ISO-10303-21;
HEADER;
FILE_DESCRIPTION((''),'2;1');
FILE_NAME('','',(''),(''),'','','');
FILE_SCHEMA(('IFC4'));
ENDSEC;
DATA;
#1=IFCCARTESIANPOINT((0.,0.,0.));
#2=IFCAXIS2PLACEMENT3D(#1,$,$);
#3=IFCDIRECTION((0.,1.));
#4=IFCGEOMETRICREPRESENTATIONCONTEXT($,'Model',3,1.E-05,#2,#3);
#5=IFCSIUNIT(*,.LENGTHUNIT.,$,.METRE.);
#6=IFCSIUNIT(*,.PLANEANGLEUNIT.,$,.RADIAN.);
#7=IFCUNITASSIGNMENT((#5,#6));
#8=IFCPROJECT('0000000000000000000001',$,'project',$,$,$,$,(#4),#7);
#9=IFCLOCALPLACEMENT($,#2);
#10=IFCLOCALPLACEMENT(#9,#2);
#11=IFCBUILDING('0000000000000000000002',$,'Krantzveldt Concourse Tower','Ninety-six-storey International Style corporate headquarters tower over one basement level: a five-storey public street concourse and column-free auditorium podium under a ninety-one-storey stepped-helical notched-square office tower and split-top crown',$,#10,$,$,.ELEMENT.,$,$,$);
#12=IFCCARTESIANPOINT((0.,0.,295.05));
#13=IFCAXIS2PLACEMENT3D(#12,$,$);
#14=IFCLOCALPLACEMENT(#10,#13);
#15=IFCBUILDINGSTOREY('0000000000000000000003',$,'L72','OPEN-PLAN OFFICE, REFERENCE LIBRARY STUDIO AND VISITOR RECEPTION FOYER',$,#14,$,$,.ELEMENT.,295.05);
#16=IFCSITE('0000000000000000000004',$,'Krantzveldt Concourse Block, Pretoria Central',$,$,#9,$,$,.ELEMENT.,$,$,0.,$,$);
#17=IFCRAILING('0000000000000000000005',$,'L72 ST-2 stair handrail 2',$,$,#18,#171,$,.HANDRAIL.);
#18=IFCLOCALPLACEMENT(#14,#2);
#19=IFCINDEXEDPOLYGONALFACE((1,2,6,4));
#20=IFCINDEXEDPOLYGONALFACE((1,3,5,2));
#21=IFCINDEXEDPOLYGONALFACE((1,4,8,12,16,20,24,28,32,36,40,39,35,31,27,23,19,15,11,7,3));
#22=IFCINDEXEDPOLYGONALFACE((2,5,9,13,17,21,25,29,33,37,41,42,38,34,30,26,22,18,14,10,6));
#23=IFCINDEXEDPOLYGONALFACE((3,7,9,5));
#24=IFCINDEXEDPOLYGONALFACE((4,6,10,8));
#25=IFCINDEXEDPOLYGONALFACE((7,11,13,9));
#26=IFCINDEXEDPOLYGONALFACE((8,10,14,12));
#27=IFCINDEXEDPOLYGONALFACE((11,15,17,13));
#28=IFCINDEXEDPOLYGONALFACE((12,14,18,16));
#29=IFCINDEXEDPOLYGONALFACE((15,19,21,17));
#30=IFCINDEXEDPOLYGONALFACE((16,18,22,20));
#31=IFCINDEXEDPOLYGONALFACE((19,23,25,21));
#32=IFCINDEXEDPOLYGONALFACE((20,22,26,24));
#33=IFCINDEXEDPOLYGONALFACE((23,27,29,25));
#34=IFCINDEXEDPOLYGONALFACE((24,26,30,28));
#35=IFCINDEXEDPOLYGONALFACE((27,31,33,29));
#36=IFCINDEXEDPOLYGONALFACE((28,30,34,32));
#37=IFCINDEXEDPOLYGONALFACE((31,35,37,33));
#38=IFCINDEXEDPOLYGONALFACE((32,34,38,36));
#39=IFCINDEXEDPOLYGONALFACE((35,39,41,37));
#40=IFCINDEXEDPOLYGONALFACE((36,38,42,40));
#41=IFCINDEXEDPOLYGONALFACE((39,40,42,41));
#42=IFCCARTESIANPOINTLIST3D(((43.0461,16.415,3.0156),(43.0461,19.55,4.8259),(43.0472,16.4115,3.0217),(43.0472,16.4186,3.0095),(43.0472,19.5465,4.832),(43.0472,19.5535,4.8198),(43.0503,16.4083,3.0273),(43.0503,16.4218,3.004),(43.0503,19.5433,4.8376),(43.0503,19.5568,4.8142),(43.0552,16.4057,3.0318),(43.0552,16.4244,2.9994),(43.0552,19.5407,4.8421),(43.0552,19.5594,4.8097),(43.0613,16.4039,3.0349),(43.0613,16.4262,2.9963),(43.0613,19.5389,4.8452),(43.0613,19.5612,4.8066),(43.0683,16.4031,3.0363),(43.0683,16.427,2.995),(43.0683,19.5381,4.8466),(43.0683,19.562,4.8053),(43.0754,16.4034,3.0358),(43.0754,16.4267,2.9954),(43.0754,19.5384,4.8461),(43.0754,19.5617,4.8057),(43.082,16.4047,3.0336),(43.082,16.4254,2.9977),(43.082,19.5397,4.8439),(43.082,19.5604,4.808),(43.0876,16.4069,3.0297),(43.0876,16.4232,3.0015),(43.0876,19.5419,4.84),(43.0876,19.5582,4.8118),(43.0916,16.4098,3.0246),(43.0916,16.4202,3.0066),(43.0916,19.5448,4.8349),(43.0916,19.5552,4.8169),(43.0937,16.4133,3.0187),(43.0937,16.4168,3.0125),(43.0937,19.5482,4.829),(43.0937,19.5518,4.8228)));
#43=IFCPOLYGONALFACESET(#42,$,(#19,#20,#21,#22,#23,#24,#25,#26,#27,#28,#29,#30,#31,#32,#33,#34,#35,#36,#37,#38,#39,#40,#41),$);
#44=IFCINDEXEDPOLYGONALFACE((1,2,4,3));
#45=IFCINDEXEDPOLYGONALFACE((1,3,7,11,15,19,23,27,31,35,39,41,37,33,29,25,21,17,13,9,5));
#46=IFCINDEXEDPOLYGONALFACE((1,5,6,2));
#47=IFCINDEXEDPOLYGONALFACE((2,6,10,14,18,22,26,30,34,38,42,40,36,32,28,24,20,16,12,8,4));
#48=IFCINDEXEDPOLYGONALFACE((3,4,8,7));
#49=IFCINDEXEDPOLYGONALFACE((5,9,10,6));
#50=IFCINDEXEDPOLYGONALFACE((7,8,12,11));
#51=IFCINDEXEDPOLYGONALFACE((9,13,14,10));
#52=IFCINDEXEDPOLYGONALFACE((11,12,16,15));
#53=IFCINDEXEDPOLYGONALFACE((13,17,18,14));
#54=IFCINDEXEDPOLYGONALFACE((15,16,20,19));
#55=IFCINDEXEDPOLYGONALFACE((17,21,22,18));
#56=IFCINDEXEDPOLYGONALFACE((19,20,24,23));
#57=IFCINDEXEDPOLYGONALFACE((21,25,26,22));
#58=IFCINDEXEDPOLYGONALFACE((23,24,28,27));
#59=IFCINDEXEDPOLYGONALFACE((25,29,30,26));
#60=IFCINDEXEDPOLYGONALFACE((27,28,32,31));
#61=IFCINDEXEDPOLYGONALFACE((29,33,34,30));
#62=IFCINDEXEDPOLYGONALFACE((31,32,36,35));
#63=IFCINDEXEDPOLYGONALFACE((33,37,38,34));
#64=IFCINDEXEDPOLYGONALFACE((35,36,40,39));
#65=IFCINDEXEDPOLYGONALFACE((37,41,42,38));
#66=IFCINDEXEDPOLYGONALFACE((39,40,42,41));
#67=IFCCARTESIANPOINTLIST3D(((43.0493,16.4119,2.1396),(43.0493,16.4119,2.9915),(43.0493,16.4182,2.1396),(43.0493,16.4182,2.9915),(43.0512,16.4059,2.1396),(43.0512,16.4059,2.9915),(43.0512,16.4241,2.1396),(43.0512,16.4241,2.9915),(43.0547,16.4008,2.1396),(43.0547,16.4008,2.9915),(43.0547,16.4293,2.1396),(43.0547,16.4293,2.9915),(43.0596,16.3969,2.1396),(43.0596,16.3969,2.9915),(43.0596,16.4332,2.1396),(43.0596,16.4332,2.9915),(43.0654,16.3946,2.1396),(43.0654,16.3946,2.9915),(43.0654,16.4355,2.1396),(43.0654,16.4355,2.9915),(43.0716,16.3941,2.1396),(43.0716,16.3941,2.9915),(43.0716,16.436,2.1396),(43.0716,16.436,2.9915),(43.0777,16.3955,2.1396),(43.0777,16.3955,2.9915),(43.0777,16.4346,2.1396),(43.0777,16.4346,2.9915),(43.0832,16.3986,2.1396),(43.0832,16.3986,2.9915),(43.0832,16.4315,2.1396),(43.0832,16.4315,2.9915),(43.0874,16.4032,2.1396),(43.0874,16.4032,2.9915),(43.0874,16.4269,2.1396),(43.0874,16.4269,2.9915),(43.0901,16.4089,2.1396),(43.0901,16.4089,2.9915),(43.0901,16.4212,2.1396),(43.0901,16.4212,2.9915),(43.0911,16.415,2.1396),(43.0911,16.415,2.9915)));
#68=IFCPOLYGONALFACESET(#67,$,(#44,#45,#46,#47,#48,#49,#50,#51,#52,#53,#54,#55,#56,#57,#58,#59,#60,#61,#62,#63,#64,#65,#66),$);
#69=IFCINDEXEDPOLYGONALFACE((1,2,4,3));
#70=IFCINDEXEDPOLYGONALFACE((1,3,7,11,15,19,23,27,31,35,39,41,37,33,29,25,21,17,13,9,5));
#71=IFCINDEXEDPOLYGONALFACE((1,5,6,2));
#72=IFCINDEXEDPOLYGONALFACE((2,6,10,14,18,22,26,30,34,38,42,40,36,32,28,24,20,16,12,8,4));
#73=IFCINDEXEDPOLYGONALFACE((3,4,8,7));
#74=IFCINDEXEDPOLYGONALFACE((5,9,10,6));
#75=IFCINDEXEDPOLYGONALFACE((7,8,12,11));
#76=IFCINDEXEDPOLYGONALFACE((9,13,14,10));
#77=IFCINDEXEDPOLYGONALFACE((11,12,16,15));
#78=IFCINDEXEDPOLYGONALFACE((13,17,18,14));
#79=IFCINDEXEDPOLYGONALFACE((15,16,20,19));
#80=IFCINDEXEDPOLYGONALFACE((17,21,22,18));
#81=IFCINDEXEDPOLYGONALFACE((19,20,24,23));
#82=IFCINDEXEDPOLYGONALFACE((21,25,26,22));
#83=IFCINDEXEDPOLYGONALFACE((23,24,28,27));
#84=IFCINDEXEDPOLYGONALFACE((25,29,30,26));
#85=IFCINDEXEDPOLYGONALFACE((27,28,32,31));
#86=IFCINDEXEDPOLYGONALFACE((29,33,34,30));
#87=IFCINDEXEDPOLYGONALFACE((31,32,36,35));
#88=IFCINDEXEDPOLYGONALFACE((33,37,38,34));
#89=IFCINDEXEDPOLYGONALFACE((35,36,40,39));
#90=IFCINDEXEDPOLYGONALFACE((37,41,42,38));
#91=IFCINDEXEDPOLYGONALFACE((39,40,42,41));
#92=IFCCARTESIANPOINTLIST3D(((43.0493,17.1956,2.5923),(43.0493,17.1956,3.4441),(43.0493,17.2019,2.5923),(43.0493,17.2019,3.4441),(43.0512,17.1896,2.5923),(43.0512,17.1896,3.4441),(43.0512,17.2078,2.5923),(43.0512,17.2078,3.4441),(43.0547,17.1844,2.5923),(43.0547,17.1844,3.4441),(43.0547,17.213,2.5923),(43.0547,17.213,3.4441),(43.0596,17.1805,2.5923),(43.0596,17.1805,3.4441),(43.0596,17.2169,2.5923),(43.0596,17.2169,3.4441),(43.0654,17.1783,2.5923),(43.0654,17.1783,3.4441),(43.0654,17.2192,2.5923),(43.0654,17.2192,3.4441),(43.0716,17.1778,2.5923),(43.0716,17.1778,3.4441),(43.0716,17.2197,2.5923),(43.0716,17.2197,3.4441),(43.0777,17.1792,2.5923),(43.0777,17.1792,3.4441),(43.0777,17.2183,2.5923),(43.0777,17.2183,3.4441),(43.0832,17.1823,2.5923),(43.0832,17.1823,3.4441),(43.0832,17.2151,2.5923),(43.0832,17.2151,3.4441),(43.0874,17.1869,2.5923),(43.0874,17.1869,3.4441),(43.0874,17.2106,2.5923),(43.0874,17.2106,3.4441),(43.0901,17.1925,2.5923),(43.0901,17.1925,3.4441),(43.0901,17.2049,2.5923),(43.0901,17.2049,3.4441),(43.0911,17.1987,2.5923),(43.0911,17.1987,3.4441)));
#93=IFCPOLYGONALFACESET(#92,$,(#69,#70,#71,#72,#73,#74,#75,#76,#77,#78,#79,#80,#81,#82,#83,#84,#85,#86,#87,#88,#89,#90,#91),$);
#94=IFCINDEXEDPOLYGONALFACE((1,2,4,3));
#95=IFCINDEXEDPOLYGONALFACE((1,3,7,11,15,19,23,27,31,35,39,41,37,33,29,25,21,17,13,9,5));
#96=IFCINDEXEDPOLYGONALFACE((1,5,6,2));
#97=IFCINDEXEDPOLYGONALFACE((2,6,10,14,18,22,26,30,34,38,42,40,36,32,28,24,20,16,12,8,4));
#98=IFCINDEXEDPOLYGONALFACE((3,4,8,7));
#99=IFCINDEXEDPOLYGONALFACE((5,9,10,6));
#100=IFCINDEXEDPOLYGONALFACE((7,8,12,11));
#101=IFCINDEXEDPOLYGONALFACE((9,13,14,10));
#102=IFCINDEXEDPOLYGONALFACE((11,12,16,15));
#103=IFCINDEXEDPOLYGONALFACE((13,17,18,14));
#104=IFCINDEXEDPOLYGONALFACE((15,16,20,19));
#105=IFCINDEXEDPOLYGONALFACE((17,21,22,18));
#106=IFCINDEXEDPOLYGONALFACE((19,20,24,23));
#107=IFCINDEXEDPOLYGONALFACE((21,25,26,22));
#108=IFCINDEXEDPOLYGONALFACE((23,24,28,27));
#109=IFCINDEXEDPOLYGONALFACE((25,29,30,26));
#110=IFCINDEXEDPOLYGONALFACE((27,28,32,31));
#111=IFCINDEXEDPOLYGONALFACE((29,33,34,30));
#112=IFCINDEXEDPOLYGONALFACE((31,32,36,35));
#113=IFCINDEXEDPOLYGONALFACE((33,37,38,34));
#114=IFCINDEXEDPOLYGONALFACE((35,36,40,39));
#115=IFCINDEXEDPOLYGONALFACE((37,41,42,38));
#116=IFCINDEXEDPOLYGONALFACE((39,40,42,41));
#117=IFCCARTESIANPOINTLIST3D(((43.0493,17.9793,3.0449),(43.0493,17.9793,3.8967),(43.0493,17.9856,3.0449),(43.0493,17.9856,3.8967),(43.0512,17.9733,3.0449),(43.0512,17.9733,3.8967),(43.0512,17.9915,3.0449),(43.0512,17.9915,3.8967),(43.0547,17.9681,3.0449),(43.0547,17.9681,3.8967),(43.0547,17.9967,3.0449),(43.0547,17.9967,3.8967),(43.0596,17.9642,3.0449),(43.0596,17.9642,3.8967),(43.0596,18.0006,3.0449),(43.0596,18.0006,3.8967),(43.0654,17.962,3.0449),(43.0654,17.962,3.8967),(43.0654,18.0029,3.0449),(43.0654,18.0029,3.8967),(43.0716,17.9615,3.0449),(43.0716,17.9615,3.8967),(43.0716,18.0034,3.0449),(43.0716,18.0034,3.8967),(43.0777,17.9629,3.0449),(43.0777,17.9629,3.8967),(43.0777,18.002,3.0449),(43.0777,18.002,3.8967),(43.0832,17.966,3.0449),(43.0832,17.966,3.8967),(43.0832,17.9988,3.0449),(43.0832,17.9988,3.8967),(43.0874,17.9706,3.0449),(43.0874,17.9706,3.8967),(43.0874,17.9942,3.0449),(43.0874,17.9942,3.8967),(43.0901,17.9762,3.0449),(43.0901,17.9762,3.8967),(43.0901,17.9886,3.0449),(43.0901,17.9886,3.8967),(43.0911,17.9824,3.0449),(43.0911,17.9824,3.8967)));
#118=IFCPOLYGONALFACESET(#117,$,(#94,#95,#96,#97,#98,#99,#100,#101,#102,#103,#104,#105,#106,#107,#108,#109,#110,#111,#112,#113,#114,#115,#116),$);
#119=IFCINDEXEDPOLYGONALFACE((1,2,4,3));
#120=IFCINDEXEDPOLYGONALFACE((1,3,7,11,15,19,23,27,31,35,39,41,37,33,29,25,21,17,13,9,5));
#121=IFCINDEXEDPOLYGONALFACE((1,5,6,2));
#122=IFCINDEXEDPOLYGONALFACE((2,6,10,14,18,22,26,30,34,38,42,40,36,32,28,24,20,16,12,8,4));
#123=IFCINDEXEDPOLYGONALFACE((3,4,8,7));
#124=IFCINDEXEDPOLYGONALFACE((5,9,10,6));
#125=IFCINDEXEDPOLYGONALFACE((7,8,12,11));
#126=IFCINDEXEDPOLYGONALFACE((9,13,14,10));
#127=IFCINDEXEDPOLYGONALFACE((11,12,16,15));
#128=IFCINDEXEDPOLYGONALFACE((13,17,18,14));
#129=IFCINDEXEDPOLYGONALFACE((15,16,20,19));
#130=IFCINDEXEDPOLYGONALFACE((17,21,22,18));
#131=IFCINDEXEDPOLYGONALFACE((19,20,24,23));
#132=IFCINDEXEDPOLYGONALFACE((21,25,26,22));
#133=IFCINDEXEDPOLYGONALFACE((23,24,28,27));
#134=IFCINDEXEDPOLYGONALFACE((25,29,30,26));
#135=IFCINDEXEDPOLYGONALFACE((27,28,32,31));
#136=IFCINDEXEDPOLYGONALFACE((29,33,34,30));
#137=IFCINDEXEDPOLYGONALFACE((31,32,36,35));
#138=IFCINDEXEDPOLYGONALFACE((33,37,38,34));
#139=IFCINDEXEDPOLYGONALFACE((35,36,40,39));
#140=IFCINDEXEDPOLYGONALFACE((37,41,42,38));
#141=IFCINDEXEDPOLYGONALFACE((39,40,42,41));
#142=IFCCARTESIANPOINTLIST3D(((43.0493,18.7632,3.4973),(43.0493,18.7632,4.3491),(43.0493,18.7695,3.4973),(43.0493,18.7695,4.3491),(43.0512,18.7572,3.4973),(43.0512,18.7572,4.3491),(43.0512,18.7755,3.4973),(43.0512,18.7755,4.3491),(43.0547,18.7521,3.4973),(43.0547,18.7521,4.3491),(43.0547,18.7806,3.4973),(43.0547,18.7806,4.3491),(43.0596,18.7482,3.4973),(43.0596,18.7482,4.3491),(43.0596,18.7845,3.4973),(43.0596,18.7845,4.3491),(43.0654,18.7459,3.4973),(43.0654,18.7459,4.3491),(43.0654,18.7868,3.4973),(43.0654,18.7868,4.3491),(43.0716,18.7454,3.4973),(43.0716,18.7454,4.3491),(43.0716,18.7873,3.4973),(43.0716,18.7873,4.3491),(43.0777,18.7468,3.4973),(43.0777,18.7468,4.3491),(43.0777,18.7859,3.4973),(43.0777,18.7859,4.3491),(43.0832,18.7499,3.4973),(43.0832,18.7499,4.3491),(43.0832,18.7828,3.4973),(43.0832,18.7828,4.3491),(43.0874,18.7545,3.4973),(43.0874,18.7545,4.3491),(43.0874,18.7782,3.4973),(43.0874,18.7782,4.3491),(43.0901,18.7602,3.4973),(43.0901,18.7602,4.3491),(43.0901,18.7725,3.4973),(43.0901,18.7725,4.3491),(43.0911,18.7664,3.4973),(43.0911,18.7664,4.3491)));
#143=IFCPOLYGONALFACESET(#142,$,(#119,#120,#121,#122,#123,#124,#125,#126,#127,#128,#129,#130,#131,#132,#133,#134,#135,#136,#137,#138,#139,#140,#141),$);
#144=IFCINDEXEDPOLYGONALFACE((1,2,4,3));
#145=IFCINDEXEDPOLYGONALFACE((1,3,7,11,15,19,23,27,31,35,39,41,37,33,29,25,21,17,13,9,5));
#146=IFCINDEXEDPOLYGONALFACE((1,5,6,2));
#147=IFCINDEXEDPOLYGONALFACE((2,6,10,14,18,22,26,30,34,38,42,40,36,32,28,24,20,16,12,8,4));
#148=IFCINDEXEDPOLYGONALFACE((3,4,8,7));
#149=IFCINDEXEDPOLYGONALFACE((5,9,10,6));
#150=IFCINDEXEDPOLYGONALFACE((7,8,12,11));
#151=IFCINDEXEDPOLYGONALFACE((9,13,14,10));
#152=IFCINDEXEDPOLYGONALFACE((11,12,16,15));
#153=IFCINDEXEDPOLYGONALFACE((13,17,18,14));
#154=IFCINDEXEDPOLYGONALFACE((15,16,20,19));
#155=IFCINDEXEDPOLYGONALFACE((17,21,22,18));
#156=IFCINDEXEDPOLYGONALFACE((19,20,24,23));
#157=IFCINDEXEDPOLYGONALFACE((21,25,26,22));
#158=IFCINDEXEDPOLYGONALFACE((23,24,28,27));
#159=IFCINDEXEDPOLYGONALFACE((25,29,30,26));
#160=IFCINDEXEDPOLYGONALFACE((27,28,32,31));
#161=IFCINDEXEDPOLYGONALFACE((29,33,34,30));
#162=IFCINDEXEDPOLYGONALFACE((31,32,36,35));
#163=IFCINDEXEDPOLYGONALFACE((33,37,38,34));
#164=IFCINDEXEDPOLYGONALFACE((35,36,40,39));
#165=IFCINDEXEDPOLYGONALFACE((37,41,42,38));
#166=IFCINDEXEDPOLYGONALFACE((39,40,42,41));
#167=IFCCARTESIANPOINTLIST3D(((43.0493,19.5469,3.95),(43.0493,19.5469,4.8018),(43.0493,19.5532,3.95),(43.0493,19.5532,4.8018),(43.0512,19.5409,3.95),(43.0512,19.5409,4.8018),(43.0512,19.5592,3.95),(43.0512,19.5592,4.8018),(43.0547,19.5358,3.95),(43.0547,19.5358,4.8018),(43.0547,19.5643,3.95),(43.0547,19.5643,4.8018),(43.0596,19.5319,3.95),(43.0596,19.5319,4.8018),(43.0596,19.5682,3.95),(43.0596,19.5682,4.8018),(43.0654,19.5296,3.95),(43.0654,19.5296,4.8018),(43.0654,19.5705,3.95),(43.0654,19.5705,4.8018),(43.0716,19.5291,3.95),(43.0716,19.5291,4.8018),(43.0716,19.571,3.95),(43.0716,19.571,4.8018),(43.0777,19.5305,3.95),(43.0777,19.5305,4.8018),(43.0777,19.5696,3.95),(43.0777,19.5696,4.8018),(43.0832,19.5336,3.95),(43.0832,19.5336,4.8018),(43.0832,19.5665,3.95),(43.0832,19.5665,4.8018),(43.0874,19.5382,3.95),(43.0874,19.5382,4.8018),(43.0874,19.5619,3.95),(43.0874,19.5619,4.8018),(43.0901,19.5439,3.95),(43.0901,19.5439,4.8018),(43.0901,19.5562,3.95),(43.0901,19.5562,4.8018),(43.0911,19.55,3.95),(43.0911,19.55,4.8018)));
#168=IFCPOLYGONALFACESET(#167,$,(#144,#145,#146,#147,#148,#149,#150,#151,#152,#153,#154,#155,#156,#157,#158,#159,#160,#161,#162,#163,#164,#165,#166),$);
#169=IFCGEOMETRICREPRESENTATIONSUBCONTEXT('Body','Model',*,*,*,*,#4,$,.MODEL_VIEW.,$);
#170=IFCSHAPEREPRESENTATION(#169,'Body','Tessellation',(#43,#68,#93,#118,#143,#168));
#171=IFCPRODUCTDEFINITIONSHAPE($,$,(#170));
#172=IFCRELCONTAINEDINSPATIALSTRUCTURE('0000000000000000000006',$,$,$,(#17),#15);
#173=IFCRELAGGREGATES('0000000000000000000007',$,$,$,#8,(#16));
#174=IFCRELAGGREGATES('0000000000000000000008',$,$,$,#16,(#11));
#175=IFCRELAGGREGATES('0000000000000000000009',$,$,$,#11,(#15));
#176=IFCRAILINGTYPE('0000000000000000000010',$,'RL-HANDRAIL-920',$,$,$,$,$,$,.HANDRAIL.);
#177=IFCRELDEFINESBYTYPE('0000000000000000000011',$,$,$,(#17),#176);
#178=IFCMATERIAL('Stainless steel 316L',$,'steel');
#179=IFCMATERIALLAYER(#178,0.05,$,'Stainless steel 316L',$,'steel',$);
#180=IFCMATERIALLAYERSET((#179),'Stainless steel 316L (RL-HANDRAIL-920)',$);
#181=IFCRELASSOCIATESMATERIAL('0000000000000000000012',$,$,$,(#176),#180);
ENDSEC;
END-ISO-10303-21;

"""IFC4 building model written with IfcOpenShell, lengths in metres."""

from ifc_helpers import new_model, si_unit, direction, frame, origin, origin_2d, place, context, subcontext, project, spatial, circle, extrude, material, layer, layer_set, type_object, element, save


model = new_model("IFC4")

# Units and contexts
model_context = context("Model", 3, precision=1e-05, world=origin(), true_north=direction((0.0, 1.0)))
body_context = subcontext(model_context, "Body", "Model", "MODEL_VIEW")
ifc_project = project(units=[si_unit("LENGTHUNIT", "METRE"), si_unit("PLANEANGLEUNIT", "RADIAN")], contexts=[model_context])

# Site, building, storey
site_placement = place(None, origin())
site = spatial("IfcSite", under=ifc_project, at=site_placement, Name="Krantzveldt Concourse Block, Pretoria Central", CompositionType="ELEMENT", RefElevation=0.0)
building_placement = place(site_placement, origin())
building = spatial("IfcBuilding", under=site, at=building_placement, Name="Krantzveldt Concourse Tower", Description="Ninety-six-storey International Style corporate headquarters tower over one basement level: a five-storey public street concourse and column-free auditorium podium under a ninety-one-storey stepped-helical notched-square office tower and split-top crown", CompositionType="ELEMENT")
storey_placement = place(building_placement, frame((0.0, 0.0, 295.05)))
storey = spatial("IfcBuildingStorey", under=building, at=storey_placement, Name="L72", Description="OPEN-PLAN OFFICE, REFERENCE LIBRARY STUDIO AND VISITOR RECEPTION FOYER", CompositionType="ELEMENT", Elevation=295.05)

# Railing
ifc_material_1 = material(Name="Stainless steel 316L", Category="steel")
ifc_layer_1 = layer(ifc_material_1, 0.05, Name="Stainless steel 316L", Category="steel")
ifc_layer_set_1 = layer_set([ifc_layer_1], Name="Stainless steel 316L (RL-HANDRAIL-920)")
railing_type = type_object("IfcRailingType", Name="RL-HANDRAIL-920", PredefinedType="HANDRAIL", material=ifc_layer_set_1)
railing_placement = place(storey_placement, frame((43.0701, 16.415, 2.1396)))
element("IfcRailing", 1, at=railing_placement, inside=storey, type_object=railing_type, Name="L72 ST-2 stair handrail 2", PredefinedType="HANDRAIL", context=body_context, shape_type="SweptSolid", body=[
    extrude(circle(Radius=0.0239, at=origin_2d()), frame((0.0, 0.0, 0.876), z_axis=(0.0, 0.865989, 0.500063), x_axis=(-1.0, 0.0, 0.0)), (0.0, 0.0, 1.0), 3.6201),
    extrude(circle(Radius=0.021, at=origin_2d()), origin(), (0.0, 0.0, 1.0), 0.8518),
    extrude(circle(Radius=0.021, at=origin_2d()), frame((0.0, 0.7837, 0.4526)), (0.0, 0.0, 1.0), 0.8518),
    extrude(circle(Radius=0.021, at=origin_2d()), frame((0.0, 1.5674, 0.9053)), (0.0, 0.0, 1.0), 0.8518),
    extrude(circle(Radius=0.021, at=origin_2d()), frame((0.0, 2.3513, 1.3577)), (0.0, 0.0, 1.0), 0.8518),
    extrude(circle(Radius=0.021, at=origin_2d()), frame((0.0, 3.135, 1.8103)), (0.0, 0.0, 1.0), 0.8518),
])

save(model, "model.ifc")
